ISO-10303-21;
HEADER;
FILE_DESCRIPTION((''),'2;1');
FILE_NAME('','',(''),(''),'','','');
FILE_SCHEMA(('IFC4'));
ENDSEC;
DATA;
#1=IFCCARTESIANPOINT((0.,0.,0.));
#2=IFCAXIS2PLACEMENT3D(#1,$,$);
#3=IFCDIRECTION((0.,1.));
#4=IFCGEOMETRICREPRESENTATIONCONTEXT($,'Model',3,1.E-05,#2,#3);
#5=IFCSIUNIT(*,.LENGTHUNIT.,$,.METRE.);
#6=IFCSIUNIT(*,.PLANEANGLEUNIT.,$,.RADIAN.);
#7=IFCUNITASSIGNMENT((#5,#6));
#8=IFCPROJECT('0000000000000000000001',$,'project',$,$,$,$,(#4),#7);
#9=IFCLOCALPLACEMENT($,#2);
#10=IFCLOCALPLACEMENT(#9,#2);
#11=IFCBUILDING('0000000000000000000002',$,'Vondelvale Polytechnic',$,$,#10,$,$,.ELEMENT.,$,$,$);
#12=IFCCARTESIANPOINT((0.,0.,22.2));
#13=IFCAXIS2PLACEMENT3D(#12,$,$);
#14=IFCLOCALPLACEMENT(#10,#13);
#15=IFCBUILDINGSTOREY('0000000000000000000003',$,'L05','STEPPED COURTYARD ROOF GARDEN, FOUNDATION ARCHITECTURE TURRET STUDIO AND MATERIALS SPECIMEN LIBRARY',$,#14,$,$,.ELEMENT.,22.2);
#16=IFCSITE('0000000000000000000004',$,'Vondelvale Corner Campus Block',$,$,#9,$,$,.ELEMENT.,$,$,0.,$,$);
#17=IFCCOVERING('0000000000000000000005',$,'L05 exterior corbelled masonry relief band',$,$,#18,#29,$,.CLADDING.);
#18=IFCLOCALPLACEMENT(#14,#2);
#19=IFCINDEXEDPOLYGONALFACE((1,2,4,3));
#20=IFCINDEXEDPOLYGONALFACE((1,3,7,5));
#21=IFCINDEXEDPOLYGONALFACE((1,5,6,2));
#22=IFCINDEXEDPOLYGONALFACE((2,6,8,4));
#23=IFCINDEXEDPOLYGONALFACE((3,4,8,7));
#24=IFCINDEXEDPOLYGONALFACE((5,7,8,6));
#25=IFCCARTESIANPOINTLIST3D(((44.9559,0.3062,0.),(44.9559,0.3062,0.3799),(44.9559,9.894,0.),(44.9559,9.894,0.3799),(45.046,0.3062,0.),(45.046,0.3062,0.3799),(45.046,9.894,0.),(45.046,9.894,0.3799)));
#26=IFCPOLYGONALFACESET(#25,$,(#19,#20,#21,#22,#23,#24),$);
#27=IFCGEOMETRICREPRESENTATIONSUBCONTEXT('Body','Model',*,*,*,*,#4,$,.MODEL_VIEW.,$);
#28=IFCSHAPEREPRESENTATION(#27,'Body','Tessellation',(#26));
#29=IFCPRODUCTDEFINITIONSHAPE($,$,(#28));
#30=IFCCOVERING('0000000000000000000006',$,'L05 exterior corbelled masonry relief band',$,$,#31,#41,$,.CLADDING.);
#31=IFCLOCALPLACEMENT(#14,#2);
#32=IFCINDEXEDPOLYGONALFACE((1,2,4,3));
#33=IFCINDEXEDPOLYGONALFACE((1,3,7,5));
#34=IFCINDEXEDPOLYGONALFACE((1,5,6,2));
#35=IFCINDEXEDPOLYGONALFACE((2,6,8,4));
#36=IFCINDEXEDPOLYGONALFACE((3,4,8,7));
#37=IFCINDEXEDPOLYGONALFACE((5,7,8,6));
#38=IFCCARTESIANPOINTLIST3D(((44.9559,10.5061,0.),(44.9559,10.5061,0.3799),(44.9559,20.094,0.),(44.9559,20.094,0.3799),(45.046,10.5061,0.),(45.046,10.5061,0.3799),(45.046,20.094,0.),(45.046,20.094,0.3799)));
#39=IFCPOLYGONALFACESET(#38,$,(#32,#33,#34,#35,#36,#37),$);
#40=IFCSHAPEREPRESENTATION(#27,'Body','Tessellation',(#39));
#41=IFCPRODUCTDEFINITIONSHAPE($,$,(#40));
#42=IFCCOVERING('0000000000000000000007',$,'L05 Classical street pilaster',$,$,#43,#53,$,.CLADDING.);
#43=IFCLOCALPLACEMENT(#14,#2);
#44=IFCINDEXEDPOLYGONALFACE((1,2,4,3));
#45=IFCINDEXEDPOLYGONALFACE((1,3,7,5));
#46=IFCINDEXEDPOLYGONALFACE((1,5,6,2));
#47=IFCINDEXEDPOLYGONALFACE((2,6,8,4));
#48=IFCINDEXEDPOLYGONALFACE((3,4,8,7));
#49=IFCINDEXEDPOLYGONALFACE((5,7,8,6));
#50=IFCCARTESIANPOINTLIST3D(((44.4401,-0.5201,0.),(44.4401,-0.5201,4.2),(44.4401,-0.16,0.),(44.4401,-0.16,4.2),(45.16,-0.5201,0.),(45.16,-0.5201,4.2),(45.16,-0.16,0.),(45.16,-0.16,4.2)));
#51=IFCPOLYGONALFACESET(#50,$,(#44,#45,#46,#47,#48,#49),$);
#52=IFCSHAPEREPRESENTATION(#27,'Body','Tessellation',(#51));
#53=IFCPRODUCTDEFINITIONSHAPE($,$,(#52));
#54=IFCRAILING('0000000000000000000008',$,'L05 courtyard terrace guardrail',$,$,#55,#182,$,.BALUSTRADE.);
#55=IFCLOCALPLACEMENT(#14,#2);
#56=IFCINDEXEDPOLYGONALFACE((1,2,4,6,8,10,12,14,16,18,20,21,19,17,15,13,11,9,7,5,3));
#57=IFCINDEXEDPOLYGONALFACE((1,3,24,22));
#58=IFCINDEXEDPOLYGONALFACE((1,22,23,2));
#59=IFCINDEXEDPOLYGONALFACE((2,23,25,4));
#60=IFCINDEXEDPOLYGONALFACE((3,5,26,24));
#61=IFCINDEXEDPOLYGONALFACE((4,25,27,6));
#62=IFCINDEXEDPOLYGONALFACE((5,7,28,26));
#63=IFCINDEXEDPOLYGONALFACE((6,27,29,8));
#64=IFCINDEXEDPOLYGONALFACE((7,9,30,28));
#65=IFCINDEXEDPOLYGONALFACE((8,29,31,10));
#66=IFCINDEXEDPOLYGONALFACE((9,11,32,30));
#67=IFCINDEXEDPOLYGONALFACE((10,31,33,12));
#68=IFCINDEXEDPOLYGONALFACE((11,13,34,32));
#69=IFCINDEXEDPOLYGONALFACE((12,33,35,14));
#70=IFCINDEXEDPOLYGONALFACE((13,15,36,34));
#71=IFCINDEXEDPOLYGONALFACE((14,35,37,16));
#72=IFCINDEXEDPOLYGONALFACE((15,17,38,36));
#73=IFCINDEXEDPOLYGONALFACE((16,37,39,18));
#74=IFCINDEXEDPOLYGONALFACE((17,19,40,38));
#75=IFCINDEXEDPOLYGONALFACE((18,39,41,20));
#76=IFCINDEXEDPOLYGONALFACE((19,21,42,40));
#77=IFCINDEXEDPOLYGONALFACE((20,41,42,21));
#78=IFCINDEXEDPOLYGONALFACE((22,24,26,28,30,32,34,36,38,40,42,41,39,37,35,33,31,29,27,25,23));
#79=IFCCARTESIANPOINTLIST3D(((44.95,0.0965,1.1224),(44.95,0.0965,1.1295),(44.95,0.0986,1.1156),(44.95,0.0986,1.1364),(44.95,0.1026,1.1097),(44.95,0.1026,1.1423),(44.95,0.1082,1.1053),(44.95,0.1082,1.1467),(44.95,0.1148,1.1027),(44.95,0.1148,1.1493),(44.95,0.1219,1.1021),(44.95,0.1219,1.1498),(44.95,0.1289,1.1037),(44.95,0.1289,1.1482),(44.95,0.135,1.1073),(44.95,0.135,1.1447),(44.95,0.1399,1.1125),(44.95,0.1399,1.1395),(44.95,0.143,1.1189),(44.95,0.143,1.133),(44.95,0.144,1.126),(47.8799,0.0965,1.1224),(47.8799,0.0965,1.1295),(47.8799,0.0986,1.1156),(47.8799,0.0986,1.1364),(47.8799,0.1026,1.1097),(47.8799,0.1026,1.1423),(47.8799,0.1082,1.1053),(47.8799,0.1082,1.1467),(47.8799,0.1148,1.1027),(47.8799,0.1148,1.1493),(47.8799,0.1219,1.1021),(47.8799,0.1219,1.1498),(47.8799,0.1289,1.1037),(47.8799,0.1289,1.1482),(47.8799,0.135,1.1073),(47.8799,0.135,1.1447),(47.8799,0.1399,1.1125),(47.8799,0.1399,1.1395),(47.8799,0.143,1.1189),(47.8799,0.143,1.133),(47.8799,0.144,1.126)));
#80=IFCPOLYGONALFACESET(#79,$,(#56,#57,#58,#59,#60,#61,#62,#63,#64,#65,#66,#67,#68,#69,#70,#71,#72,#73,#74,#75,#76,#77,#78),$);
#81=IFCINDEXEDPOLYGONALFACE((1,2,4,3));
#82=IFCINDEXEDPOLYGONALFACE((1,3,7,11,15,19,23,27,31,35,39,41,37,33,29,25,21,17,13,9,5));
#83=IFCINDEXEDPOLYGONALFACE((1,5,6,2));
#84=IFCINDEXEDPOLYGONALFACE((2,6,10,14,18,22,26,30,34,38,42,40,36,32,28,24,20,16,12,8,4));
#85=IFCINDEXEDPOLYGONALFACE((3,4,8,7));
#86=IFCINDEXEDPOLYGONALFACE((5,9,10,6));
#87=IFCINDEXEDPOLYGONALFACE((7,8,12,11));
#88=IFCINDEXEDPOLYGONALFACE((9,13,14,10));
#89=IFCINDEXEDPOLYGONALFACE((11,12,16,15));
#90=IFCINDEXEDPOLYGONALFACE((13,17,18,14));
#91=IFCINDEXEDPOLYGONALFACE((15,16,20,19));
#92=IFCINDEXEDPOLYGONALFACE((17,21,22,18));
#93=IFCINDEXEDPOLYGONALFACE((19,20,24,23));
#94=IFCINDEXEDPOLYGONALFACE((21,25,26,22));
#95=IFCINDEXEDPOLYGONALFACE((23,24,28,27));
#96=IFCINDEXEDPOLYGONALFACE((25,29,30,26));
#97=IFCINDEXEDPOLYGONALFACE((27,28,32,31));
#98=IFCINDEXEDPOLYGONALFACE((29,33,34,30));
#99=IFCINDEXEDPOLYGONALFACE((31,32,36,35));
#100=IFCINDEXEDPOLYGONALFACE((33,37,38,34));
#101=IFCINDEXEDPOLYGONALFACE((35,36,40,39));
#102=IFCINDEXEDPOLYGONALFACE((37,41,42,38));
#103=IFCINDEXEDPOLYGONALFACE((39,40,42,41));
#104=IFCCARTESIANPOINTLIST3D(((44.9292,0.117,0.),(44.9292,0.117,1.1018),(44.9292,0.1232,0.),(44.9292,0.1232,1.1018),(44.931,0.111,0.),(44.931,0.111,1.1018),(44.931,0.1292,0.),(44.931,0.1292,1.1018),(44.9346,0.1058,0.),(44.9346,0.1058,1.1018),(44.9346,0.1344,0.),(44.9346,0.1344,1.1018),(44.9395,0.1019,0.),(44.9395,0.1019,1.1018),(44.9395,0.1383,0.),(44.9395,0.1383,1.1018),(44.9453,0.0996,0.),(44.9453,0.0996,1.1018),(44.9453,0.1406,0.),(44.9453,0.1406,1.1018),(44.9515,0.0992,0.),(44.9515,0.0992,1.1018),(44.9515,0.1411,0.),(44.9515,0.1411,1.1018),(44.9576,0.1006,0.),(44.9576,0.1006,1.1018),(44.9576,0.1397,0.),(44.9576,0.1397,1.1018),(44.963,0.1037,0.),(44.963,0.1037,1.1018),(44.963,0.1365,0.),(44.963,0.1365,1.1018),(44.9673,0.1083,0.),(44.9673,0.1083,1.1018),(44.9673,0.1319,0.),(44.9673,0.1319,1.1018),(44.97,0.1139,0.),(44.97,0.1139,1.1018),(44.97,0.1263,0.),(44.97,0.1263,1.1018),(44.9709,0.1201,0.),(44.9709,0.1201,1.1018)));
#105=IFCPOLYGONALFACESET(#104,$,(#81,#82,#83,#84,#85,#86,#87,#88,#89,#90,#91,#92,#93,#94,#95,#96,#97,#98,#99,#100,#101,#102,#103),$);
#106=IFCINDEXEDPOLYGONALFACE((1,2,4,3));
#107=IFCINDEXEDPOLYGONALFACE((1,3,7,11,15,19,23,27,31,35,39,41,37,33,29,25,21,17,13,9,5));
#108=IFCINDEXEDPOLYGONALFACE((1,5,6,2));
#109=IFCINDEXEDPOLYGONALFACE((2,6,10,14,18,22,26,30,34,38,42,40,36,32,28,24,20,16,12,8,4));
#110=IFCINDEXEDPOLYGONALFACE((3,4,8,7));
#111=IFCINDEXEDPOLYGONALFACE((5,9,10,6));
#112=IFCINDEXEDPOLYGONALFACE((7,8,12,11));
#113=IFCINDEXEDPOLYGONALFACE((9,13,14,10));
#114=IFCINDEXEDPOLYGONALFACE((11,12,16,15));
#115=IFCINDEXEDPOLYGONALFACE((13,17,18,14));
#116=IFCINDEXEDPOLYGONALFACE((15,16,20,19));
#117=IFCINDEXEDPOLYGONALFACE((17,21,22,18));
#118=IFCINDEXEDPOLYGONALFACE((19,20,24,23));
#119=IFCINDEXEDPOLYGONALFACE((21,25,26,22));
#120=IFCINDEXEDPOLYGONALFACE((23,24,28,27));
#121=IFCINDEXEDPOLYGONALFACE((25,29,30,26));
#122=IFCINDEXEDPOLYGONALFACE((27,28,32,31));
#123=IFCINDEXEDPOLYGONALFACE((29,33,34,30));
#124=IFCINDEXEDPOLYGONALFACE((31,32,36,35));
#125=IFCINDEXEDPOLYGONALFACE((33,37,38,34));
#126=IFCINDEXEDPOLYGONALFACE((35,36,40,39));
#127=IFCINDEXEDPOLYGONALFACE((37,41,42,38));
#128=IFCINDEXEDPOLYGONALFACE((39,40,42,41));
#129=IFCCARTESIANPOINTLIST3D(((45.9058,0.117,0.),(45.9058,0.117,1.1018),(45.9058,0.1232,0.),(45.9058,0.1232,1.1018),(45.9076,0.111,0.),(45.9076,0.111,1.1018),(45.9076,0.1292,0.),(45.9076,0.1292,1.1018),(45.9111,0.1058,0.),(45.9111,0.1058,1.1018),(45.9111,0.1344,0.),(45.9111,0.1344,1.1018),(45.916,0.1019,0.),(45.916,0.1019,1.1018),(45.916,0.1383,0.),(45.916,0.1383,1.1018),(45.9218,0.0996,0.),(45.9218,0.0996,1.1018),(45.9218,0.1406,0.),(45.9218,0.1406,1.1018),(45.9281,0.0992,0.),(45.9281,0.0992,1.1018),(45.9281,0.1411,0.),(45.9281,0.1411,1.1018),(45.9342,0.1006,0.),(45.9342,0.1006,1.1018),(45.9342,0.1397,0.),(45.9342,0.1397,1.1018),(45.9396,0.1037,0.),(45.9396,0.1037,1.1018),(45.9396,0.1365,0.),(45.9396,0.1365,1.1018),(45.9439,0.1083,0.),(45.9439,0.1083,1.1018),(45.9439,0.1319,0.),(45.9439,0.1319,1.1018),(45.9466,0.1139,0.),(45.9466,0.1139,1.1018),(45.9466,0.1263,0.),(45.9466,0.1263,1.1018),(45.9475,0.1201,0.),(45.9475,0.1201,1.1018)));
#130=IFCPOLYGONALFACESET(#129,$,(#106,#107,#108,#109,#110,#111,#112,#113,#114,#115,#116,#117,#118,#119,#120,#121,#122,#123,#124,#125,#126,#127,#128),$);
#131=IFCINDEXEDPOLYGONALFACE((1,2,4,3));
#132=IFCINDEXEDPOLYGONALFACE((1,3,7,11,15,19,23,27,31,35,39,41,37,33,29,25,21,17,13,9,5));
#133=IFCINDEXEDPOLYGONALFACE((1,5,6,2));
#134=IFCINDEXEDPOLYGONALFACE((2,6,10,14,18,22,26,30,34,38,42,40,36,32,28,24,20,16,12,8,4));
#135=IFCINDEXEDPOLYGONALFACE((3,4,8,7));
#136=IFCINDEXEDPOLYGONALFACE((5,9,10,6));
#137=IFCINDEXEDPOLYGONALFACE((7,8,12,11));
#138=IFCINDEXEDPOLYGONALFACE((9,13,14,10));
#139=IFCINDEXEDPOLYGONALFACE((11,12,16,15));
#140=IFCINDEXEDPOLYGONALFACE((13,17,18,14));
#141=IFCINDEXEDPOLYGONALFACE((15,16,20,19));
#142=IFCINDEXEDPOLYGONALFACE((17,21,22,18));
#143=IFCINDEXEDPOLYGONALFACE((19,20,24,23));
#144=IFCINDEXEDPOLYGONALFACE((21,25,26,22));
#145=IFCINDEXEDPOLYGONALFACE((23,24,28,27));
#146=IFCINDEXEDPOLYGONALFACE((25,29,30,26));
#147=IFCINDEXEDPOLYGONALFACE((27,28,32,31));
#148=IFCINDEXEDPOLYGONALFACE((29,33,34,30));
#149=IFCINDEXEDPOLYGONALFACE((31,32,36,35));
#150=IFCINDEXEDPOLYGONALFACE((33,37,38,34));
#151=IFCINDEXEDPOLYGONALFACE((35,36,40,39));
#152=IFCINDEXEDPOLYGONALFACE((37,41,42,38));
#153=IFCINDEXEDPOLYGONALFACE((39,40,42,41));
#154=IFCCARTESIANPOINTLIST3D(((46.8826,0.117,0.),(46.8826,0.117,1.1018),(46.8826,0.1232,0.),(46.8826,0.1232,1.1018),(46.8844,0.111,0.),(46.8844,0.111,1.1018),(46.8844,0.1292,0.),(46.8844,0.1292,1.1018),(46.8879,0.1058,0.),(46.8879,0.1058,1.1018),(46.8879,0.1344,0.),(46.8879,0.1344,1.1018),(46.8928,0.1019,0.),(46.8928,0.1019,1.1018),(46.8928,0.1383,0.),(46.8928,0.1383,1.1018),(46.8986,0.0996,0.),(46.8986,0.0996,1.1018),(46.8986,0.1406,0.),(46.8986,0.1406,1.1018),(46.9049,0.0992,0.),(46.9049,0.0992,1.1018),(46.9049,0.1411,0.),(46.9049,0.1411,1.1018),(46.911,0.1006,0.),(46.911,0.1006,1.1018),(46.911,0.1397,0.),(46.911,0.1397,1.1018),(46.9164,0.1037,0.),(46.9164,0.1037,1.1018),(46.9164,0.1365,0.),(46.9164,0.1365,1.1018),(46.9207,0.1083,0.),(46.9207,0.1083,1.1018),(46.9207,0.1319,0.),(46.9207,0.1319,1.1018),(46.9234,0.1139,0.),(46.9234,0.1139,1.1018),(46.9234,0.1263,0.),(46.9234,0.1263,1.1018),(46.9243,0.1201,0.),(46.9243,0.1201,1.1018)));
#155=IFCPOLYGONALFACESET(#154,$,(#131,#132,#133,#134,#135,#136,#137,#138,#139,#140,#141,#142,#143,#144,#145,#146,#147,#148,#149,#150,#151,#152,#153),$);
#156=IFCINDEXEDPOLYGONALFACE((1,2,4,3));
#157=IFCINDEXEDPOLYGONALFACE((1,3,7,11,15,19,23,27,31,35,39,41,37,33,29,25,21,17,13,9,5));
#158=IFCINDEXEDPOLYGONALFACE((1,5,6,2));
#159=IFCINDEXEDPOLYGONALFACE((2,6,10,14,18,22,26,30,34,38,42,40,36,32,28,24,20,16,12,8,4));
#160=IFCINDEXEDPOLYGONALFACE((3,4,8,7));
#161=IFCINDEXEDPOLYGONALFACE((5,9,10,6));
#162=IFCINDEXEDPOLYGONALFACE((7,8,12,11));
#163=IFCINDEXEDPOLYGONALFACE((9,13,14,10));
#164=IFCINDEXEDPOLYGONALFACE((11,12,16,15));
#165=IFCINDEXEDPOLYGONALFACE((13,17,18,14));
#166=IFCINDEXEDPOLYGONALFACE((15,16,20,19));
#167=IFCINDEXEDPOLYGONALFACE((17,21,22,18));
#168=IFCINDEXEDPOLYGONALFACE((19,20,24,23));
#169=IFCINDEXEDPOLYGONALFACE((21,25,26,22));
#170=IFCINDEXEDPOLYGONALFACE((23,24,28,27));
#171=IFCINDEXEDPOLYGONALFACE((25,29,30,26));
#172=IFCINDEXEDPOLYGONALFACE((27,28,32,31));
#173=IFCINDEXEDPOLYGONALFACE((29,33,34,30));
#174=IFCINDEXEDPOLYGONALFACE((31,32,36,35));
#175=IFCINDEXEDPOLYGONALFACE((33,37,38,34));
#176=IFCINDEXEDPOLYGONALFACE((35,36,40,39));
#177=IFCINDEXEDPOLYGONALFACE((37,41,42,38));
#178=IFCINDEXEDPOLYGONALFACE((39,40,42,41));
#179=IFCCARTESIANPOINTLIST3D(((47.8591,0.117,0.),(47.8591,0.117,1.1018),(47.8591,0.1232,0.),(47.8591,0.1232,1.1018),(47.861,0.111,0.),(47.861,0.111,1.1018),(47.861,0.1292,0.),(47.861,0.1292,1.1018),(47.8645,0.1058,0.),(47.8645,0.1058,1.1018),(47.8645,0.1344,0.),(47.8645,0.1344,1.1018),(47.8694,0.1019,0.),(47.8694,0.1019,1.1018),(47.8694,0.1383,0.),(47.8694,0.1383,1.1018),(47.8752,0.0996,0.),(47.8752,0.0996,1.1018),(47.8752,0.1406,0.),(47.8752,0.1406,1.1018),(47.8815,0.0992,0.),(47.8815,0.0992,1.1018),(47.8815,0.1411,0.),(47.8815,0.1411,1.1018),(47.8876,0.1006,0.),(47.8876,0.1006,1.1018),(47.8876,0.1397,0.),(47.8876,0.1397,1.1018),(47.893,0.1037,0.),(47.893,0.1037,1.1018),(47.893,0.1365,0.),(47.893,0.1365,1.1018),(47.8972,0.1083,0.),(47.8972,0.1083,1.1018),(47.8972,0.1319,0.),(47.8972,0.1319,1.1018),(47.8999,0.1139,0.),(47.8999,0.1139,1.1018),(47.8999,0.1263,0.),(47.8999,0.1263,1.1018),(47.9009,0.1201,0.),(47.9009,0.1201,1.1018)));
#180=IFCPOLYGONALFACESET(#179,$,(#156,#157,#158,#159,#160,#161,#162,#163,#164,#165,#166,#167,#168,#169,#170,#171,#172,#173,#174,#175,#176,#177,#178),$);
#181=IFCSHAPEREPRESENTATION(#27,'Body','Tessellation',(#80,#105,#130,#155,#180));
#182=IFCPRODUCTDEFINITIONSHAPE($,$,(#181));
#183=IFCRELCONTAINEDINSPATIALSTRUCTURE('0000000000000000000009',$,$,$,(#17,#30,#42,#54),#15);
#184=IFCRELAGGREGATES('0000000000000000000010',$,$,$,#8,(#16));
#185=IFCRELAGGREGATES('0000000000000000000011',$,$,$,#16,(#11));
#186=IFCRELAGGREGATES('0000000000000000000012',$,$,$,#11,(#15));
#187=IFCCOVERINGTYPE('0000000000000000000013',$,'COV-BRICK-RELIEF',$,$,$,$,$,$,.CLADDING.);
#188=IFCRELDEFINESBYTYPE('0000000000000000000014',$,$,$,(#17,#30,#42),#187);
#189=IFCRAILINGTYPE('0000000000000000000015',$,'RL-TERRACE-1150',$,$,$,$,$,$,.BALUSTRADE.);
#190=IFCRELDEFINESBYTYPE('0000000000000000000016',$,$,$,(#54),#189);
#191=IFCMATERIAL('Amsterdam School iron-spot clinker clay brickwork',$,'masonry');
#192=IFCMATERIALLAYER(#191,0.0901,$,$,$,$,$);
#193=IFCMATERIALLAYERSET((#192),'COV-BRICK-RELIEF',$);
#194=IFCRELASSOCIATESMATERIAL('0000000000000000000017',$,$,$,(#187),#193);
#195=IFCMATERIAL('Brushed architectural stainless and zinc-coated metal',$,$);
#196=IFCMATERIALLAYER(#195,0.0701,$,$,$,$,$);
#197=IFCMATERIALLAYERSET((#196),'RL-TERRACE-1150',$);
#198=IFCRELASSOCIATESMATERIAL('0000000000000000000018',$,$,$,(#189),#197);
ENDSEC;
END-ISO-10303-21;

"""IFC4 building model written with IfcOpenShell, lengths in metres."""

from ifc_helpers import new_model, si_unit, direction, frame, origin, origin_2d, place, context, subcontext, project, spatial, rectangle, circle, extrude, material, layer, layer_set, type_object, element, save


model = new_model("IFC4")

# Units and contexts
model_context = context("Model", 3, precision=1e-05, world=origin(), true_north=direction((0.0, 1.0)))
body_context = subcontext(model_context, "Body", "Model", "MODEL_VIEW")
ifc_project = project(units=[si_unit("LENGTHUNIT", "METRE"), si_unit("PLANEANGLEUNIT", "RADIAN")], contexts=[model_context])

# Site, building, storey
site_placement = place(None, origin())
site = spatial("IfcSite", under=ifc_project, at=site_placement, Name="Vondelvale Corner Campus Block", CompositionType="ELEMENT", RefElevation=0.0)
building_placement = place(site_placement, origin())
building = spatial("IfcBuilding", under=site, at=building_placement, Name="Vondelvale Polytechnic", CompositionType="ELEMENT")
storey_placement = place(building_placement, frame((0.0, 0.0, 22.2)))
storey = spatial("IfcBuildingStorey", under=building, at=storey_placement, Name="L05", Description="STEPPED COURTYARD ROOF GARDEN, FOUNDATION ARCHITECTURE TURRET STUDIO AND MATERIALS SPECIMEN LIBRARY", CompositionType="ELEMENT", Elevation=22.2)

# Shared definitions
ifc_material_1 = material(Name="Amsterdam School iron-spot clinker clay brickwork", Category="masonry")

# Coverings
ifc_layer_1 = layer(ifc_material_1, 0.0901)
ifc_layer_set_1 = layer_set([ifc_layer_1], Name="COV-BRICK-RELIEF")
covering_type = type_object("IfcCoveringType", Name="COV-BRICK-RELIEF", PredefinedType="CLADDING", material=ifc_layer_set_1)
for number, where, z_axis, x_axis, name in (
    (1, (45.001, 5.1001, 0.0), (0.0, 0.0, 1.0), (0.0, -1.0, 0.0), "L05 exterior corbelled masonry relief band"),
    (2, (45.001, 15.3, 0.0), (0.0, 0.0, 1.0), (0.0, -1.0, 0.0), "L05 exterior corbelled masonry relief band"),
):
    element("IfcCovering", number, at=place(storey_placement, frame(where, z_axis=z_axis, x_axis=x_axis)), inside=storey, type_object=covering_type, Name=name, PredefinedType="CLADDING", context=body_context, shape_type="SweptSolid", body=[
        extrude(rectangle(XDim=9.5879, YDim=0.0901, at=origin_2d()), origin(), (0.0, 0.0, 1.0), 0.3799),
    ])
covering_1_placement = place(storey_placement, frame((44.8, -0.3401, 0.0), z_axis=(0.0, 0.0, 1.0), x_axis=(1.0, 0.0, 0.0)))
element("IfcCovering", 3, at=covering_1_placement, inside=storey, type_object=covering_type, Name="L05 Classical street pilaster", PredefinedType="CLADDING", context=body_context, shape_type="SweptSolid", body=[
    extrude(rectangle(XDim=0.72, YDim=0.3601, at=origin_2d()), origin(), (0.0, 0.0, 1.0), 4.2),
])

# Railing
ifc_material_2 = material(Name="Brushed architectural stainless and zinc-coated metal")
ifc_layer_2 = layer(ifc_material_2, 0.0701)
ifc_layer_set_2 = layer_set([ifc_layer_2], Name="RL-TERRACE-1150")
railing_type = type_object("IfcRailingType", Name="RL-TERRACE-1150", PredefinedType="BALUSTRADE", material=ifc_layer_set_2)
railing_1_placement = place(storey_placement, frame((44.95, 0.1201, 0.0)))
element("IfcRailing", 4, at=railing_1_placement, inside=storey, type_object=railing_type, Name="L05 courtyard terrace guardrail", PredefinedType="BALUSTRADE", context=body_context, shape_type="SweptSolid", body=[
    extrude(circle(Radius=0.0239, at=origin_2d()), frame((0.0, 0.0, 1.126), z_axis=(1.0, 0.0, 0.0), x_axis=(0.0, 1.0, 0.0)), (0.0, 0.0, 1.0), 2.9299),
    extrude(circle(Radius=0.021, at=origin_2d()), origin(), (0.0, 0.0, 1.0), 1.1018),
    extrude(circle(Radius=0.021, at=origin_2d()), frame((0.9766, 0.0, 0.0)), (0.0, 0.0, 1.0), 1.1018),
    extrude(circle(Radius=0.021, at=origin_2d()), frame((1.9534, 0.0, 0.0)), (0.0, 0.0, 1.0), 1.1018),
    extrude(circle(Radius=0.021, at=origin_2d()), frame((2.9299, 0.0, 0.0)), (0.0, 0.0, 1.0), 1.1018),
])

save(model, "model.ifc")
